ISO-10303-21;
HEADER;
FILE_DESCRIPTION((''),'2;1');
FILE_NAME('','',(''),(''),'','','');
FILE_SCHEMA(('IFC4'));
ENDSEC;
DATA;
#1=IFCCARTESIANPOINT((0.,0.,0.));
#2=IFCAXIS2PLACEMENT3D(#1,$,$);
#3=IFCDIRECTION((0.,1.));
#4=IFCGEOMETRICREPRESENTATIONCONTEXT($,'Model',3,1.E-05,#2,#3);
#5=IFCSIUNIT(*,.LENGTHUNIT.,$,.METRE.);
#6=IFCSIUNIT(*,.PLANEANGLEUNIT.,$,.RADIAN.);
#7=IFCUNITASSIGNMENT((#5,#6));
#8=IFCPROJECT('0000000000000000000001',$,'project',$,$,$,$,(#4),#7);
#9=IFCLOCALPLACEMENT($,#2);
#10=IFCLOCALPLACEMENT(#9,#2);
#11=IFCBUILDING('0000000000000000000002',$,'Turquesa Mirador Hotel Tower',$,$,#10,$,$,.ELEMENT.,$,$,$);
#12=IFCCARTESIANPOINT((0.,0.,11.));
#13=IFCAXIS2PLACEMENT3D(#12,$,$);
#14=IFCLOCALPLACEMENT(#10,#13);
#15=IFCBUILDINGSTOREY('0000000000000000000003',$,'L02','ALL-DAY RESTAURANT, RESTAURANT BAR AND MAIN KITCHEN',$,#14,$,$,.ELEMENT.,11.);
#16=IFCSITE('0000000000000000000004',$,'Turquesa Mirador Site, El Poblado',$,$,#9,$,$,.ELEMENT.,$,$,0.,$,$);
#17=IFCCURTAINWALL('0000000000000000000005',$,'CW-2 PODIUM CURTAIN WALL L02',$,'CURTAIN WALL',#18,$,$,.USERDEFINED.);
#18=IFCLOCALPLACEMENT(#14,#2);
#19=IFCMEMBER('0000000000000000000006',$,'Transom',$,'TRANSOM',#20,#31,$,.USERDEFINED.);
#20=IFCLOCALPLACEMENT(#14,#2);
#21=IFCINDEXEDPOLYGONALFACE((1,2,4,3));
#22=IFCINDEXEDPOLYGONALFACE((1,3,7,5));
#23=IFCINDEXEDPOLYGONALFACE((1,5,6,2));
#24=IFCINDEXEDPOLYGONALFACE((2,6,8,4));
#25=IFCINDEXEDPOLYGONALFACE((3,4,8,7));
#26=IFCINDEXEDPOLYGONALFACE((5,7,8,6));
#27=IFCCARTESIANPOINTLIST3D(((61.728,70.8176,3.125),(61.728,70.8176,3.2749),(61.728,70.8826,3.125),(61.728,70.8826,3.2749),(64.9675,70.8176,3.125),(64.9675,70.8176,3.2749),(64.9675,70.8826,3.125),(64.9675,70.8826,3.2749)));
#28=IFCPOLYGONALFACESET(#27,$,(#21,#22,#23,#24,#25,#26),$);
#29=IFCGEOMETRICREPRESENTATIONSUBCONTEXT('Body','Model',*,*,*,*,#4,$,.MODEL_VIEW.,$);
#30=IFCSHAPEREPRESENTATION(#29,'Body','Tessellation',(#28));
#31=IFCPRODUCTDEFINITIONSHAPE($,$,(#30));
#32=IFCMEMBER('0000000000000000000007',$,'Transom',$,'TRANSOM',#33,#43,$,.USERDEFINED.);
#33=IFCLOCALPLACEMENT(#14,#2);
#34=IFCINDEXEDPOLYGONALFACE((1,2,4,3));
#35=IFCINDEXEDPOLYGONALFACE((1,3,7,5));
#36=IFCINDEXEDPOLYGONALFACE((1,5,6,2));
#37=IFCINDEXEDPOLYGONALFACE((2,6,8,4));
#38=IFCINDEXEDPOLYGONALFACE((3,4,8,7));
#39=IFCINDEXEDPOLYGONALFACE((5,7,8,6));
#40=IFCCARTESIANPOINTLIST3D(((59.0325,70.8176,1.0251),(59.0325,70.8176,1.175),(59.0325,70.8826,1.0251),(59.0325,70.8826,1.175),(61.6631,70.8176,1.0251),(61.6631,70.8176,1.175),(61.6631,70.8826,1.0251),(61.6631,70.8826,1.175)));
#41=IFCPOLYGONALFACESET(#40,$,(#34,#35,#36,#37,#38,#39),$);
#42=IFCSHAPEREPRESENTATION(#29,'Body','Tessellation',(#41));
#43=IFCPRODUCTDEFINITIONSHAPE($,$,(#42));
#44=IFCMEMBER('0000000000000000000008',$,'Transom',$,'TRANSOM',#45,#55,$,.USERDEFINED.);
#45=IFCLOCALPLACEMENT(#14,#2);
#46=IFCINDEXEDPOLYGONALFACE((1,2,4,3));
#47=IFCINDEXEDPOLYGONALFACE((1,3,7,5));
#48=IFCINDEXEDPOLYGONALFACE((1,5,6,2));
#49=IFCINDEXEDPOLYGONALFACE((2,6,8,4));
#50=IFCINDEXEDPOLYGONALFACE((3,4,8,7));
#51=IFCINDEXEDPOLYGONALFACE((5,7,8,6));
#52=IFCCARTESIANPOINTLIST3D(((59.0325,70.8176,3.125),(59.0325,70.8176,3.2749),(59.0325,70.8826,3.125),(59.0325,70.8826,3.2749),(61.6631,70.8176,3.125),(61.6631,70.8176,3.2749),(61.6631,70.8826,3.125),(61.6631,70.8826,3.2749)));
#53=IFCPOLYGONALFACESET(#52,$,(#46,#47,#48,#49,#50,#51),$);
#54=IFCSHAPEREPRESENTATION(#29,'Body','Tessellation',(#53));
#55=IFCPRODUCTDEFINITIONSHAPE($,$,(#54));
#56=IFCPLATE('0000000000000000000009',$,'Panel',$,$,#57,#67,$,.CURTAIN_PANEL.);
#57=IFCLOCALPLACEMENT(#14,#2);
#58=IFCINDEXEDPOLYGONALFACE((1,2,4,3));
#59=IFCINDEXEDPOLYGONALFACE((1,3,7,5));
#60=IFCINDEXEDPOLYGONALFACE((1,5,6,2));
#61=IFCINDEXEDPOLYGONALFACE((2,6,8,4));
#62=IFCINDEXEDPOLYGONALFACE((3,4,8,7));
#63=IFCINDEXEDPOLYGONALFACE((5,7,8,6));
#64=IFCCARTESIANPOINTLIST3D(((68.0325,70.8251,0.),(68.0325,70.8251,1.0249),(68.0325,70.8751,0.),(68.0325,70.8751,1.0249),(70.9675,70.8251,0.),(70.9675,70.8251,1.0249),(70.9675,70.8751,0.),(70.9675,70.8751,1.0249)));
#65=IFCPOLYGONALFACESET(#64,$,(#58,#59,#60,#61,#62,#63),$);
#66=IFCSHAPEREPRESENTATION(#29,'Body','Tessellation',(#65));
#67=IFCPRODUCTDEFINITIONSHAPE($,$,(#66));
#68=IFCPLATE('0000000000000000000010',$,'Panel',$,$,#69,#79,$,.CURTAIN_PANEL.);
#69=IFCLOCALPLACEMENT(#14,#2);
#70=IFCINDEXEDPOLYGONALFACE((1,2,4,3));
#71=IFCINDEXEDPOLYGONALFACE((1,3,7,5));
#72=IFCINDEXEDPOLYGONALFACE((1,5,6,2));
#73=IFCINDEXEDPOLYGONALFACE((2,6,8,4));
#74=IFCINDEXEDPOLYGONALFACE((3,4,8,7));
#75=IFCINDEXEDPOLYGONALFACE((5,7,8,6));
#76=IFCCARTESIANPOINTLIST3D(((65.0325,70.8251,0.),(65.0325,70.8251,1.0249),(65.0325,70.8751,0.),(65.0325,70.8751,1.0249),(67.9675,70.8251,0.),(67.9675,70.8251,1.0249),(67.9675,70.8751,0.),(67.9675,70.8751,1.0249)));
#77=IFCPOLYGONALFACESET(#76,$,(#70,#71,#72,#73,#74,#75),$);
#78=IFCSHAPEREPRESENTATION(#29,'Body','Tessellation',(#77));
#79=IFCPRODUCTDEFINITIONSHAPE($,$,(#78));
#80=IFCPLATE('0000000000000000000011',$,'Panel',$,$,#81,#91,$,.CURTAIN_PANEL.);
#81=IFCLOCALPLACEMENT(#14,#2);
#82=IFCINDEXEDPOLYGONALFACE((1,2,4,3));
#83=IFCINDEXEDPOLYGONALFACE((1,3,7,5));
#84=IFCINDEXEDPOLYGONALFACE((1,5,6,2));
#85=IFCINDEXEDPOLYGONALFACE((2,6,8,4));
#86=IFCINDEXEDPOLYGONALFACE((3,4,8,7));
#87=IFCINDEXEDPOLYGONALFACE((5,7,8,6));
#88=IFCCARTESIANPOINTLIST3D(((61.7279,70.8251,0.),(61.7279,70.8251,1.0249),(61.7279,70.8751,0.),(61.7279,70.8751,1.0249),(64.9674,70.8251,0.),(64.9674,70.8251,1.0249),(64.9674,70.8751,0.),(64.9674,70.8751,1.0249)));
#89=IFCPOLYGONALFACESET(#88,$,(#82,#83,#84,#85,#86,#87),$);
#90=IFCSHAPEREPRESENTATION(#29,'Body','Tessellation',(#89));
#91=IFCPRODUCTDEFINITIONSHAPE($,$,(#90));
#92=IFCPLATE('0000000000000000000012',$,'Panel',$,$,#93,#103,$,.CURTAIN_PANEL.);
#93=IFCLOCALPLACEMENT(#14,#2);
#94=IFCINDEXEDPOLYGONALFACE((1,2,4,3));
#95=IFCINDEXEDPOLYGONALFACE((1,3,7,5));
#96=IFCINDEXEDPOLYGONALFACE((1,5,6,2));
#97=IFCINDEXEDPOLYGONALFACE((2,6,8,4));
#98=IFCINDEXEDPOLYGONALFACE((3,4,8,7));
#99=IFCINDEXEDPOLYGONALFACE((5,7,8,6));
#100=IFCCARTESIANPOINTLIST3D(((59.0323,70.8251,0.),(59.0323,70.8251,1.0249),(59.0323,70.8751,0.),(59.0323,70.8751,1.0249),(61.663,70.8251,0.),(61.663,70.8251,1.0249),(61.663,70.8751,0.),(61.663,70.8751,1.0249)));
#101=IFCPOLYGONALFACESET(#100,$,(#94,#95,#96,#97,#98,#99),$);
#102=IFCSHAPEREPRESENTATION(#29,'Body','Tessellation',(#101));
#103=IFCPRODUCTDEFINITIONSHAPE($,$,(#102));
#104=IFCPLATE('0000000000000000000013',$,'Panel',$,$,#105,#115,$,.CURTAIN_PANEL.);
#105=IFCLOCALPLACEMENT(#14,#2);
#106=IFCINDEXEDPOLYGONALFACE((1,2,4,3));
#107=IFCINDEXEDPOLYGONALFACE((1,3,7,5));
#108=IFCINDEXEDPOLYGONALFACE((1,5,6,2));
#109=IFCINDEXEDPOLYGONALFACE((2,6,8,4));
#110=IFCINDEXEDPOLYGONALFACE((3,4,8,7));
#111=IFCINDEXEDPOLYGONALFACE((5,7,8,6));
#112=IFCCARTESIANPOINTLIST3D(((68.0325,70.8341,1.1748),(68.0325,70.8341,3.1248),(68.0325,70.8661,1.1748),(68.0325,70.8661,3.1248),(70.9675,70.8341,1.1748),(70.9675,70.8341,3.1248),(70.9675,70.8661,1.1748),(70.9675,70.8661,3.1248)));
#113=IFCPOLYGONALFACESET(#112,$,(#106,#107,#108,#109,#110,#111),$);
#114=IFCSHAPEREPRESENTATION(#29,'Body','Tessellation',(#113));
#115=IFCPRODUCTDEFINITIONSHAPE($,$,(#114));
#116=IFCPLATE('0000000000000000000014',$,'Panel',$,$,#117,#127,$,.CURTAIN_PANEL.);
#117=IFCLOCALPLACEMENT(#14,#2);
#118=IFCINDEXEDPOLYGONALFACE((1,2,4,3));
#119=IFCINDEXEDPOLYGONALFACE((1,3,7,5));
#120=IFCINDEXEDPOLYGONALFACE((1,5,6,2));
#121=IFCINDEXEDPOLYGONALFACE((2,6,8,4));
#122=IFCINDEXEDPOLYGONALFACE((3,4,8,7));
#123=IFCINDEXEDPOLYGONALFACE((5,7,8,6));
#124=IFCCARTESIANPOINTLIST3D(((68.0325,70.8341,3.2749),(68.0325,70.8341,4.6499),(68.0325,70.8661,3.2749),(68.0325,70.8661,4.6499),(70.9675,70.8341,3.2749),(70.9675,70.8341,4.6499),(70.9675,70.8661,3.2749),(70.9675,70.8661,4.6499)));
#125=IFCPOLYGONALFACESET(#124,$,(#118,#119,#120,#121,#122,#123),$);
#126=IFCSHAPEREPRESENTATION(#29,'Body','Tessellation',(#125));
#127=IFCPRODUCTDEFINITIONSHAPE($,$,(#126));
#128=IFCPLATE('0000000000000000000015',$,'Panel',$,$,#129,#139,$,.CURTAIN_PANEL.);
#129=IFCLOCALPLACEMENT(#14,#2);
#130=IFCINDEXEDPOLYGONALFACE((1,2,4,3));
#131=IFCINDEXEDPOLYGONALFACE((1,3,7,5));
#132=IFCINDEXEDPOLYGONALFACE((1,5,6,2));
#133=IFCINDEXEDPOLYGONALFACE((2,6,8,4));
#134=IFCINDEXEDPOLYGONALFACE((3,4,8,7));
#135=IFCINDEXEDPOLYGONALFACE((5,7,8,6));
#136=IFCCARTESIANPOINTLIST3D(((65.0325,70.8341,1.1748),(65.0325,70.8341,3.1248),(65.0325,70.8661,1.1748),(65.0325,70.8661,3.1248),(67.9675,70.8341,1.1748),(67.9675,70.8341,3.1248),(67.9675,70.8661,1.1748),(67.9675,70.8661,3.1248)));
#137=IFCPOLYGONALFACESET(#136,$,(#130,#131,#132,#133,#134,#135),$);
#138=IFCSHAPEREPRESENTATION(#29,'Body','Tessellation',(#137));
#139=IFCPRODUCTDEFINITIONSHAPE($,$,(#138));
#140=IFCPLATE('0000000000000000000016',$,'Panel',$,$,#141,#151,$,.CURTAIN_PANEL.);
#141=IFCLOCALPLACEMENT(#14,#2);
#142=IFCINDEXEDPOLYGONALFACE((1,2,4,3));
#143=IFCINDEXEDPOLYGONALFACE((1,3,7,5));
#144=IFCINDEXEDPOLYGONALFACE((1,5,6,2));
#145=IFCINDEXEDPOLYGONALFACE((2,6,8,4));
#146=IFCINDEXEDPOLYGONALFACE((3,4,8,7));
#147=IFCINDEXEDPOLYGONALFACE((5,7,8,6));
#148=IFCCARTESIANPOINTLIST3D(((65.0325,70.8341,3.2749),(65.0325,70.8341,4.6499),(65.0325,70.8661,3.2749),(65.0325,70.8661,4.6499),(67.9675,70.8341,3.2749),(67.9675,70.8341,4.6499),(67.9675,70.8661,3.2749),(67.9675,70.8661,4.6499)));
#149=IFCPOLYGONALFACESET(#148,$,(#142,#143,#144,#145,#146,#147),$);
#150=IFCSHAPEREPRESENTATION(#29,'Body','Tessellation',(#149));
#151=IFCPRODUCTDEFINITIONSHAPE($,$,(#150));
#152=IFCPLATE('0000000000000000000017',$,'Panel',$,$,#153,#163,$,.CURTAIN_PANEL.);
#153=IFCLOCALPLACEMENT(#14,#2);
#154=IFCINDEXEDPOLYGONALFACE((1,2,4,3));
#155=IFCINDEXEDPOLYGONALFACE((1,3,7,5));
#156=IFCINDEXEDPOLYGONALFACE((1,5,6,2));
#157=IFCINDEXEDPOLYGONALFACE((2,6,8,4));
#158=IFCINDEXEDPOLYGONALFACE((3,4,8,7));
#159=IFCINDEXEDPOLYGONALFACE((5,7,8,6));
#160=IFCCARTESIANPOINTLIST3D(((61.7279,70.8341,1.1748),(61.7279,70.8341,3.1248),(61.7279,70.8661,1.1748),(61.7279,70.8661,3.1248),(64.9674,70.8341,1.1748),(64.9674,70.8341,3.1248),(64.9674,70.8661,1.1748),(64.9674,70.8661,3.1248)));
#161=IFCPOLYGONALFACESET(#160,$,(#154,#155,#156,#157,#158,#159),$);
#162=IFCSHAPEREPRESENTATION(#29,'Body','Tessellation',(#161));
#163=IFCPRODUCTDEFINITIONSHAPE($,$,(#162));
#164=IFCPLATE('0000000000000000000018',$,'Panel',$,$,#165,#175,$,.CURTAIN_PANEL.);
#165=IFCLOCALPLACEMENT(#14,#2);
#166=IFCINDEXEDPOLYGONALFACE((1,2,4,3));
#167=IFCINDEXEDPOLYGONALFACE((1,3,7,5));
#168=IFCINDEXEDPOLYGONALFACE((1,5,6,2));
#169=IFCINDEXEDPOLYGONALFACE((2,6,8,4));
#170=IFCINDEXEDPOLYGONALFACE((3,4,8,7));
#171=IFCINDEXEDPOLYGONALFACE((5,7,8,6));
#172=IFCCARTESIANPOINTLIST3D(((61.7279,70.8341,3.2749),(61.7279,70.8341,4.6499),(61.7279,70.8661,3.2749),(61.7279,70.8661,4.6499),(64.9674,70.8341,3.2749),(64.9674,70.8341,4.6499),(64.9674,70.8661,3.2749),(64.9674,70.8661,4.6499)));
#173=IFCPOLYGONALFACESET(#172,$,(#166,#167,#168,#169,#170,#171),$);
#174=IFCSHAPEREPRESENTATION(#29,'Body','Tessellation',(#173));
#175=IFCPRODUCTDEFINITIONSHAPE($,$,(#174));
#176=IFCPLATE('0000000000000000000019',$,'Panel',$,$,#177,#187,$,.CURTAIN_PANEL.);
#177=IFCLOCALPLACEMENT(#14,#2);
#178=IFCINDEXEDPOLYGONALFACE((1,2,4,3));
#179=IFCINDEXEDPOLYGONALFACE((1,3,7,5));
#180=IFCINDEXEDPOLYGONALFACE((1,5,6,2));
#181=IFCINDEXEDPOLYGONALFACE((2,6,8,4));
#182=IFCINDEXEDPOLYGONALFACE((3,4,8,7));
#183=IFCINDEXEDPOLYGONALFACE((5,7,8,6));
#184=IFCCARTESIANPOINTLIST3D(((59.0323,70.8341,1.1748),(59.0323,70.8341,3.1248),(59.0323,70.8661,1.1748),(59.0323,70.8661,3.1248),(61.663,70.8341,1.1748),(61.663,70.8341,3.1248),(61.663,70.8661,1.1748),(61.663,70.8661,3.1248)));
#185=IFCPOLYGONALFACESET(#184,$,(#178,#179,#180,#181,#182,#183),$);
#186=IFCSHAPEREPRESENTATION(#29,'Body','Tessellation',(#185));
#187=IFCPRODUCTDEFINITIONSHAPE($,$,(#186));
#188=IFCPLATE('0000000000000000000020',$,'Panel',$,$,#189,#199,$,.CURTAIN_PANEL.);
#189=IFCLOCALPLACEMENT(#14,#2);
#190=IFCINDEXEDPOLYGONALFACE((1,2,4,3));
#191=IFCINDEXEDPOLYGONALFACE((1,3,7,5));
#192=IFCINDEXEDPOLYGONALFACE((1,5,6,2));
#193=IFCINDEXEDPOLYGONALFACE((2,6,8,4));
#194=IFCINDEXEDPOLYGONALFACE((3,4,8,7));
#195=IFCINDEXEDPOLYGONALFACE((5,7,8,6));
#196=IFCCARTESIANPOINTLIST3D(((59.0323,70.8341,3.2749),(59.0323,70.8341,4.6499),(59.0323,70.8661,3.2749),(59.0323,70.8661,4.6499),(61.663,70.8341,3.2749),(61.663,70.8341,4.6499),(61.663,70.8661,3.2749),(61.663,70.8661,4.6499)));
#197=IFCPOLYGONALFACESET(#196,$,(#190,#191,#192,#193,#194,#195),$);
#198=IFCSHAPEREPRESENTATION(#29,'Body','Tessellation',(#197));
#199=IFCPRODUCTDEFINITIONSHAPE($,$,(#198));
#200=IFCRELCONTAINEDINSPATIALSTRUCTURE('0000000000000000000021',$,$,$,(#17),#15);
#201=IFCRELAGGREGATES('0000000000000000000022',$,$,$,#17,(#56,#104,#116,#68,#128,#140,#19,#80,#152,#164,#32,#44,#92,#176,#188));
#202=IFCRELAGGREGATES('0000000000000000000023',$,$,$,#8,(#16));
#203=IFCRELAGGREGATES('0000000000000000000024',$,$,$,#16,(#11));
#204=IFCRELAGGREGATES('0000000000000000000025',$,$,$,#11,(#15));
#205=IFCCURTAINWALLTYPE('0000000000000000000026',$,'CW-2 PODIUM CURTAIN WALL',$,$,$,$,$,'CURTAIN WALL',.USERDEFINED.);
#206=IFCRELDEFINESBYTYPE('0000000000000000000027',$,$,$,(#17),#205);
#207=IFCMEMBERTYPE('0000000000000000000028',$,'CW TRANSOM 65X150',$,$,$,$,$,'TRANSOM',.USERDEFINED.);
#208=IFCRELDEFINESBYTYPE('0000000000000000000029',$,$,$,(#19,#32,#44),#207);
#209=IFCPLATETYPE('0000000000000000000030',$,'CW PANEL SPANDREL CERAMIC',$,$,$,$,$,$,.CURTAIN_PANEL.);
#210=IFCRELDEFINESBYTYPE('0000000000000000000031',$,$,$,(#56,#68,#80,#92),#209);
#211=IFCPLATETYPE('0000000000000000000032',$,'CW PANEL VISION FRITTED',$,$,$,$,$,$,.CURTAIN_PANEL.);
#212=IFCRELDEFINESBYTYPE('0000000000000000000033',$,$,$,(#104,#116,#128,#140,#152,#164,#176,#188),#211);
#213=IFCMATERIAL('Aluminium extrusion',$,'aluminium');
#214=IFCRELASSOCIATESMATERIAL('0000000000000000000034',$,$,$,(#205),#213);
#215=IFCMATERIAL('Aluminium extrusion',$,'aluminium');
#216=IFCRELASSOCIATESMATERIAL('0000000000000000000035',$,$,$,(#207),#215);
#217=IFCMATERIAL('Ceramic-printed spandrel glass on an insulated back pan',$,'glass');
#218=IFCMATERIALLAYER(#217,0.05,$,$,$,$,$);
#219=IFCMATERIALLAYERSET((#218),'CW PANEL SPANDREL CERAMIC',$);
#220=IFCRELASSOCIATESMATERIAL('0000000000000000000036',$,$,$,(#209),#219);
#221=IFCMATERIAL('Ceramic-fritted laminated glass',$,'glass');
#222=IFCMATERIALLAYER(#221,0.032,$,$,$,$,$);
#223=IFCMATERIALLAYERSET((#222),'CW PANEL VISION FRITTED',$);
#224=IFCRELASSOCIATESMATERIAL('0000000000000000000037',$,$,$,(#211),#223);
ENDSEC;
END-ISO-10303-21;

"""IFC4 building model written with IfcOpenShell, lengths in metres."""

from ifc_helpers import new_model, si_unit, direction, frame, origin, origin_2d, place, context, subcontext, project, spatial, rectangle, extrude, material, layer, layer_set, material_profile, profile_set, type_object, element, aggregate, save


model = new_model("IFC4")

# Units and contexts
model_context = context("Model", 3, precision=1e-05, world=origin(), true_north=direction((0.0, 1.0)))
body_context = subcontext(model_context, "Body", "Model", "MODEL_VIEW")
ifc_project = project(units=[si_unit("LENGTHUNIT", "METRE"), si_unit("PLANEANGLEUNIT", "RADIAN")], contexts=[model_context])

# Site, building, storey
site_placement = place(None, origin())
site = spatial("IfcSite", under=ifc_project, at=site_placement, Name="Turquesa Mirador Site, El Poblado", CompositionType="ELEMENT", RefElevation=0.0)
building_placement = place(site_placement, origin())
building = spatial("IfcBuilding", under=site, at=building_placement, Name="Turquesa Mirador Hotel Tower", CompositionType="ELEMENT")
storey_placement = place(building_placement, frame((0.0, 0.0, 11.0)))
storey = spatial("IfcBuildingStorey", under=building, at=storey_placement, Name="L02", Description="ALL-DAY RESTAURANT, RESTAURANT BAR AND MAIN KITCHEN", CompositionType="ELEMENT", Elevation=11.0)

# Curtain wall, members, plates
ifc_material_1 = material(Name="Aluminium extrusion", Category="aluminium")
curtain_wall_type = type_object("IfcCurtainWallType", Name="CW-2 PODIUM CURTAIN WALL", ElementType="CURTAIN WALL", PredefinedType="USERDEFINED", material=ifc_material_1)
curtain_wall_placement = place(storey_placement, origin())
curtain_wall = element("IfcCurtainWall", 1, at=curtain_wall_placement, inside=storey, type_object=curtain_wall_type, Name="CW-2 PODIUM CURTAIN WALL L02", ObjectType="CURTAIN WALL", PredefinedType="USERDEFINED")
ifc_material_2 = material(Name="Aluminium extrusion", Category="aluminium")
ifc_material_profile_1 = material_profile(ifc_material_2, rectangle(XDim=0.0649, YDim=0.1499, at=origin_2d()), Name="TRANSOM 65X150")
ifc_profile_set_1 = profile_set([ifc_material_profile_1], Name="Aluminium extrusion")
member_type_1 = type_object("IfcMemberType", Name="CW TRANSOM 65X150", ElementType="TRANSOM", PredefinedType="USERDEFINED", material=ifc_profile_set_1)
member_1_placement = place(storey_placement, frame((64.9675, 70.8501, 3.2), z_axis=(-1.0, 0.0, 0.0), x_axis=(0.0, -1.0, 0.0)))
member_1 = element("IfcMember", 2, at=member_1_placement, type_object=member_type_1, Name="Transom", ObjectType="TRANSOM", PredefinedType="USERDEFINED", context=body_context, shape_type="SweptSolid", body=[
    extrude(rectangle(XDim=0.0649, YDim=0.1499, at=origin_2d()), origin(), (0.0, 0.0, 1.0), 3.2395),
])
member_2_placement = place(storey_placement, frame((61.6631, 70.8501, 1.1001), z_axis=(-1.0, 0.0, 0.0), x_axis=(0.0, -1.0, 0.0)))
member_2 = element("IfcMember", 3, at=member_2_placement, type_object=member_type_1, Name="Transom", ObjectType="TRANSOM", PredefinedType="USERDEFINED", context=body_context, shape_type="SweptSolid", body=[
    extrude(rectangle(XDim=0.0649, YDim=0.1499, at=origin_2d()), origin(), (0.0, 0.0, 1.0), 2.6306),
])
member_3_placement = place(storey_placement, frame((61.6631, 70.8501, 3.2), z_axis=(-1.0, 0.0, 0.0), x_axis=(0.0, -1.0, 0.0)))
member_3 = element("IfcMember", 4, at=member_3_placement, type_object=member_type_1, Name="Transom", ObjectType="TRANSOM", PredefinedType="USERDEFINED", context=body_context, shape_type="SweptSolid", body=[
    extrude(rectangle(XDim=0.0649, YDim=0.1499, at=origin_2d()), origin(), (0.0, 0.0, 1.0), 2.6306),
])
ifc_material_3 = material(Name="Ceramic-printed spandrel glass on an insulated back pan", Category="glass")
ifc_layer_1 = layer(ifc_material_3, 0.05)
ifc_layer_set_1 = layer_set([ifc_layer_1], Name="CW PANEL SPANDREL CERAMIC")
plate_type_1 = type_object("IfcPlateType", Name="CW PANEL SPANDREL CERAMIC", PredefinedType="CURTAIN_PANEL", material=ifc_layer_set_1)
plate_1_placement = place(storey_placement, frame((69.5, 70.8501, 0.0), z_axis=(0.0, 0.0, 1.0), x_axis=(-1.0, 0.0, 0.0)))
plate_1 = element("IfcPlate", 5, at=plate_1_placement, type_object=plate_type_1, Name="Panel", PredefinedType="CURTAIN_PANEL", context=body_context, shape_type="SweptSolid", body=[
    extrude(rectangle(XDim=2.9351, YDim=0.05, at=origin_2d()), origin(), (0.0, 0.0, 1.0), 1.0249),
])
plate_2_placement = place(storey_placement, frame((66.5, 70.8501, 0.0), z_axis=(0.0, 0.0, 1.0), x_axis=(-1.0, 0.0, 0.0)))
plate_2 = element("IfcPlate", 6, at=plate_2_placement, type_object=plate_type_1, Name="Panel", PredefinedType="CURTAIN_PANEL", context=body_context, shape_type="SweptSolid", body=[
    extrude(rectangle(XDim=2.9351, YDim=0.05, at=origin_2d()), origin(), (0.0, 0.0, 1.0), 1.0249),
])
plate_3_placement = place(storey_placement, frame((63.3477, 70.8501, 0.0), z_axis=(0.0, 0.0, 1.0), x_axis=(-1.0, 0.0, 0.0)))
plate_3 = element("IfcPlate", 7, at=plate_3_placement, type_object=plate_type_1, Name="Panel", PredefinedType="CURTAIN_PANEL", context=body_context, shape_type="SweptSolid", body=[
    extrude(rectangle(XDim=3.2395, YDim=0.05, at=origin_2d()), origin(), (0.0, 0.0, 1.0), 1.0249),
])
plate_4_placement = place(storey_placement, frame((60.3477, 70.8501, 0.0), z_axis=(0.0, 0.0, 1.0), x_axis=(-1.0, 0.0, 0.0)))
plate_4 = element("IfcPlate", 8, at=plate_4_placement, type_object=plate_type_1, Name="Panel", PredefinedType="CURTAIN_PANEL", context=body_context, shape_type="SweptSolid", body=[
    extrude(rectangle(XDim=2.6306, YDim=0.05, at=origin_2d()), origin(), (0.0, 0.0, 1.0), 1.0249),
])
ifc_material_4 = material(Name="Ceramic-fritted laminated glass", Category="glass")
ifc_layer_2 = layer(ifc_material_4, 0.032)
ifc_layer_set_2 = layer_set([ifc_layer_2], Name="CW PANEL VISION FRITTED")
plate_type_2 = type_object("IfcPlateType", Name="CW PANEL VISION FRITTED", PredefinedType="CURTAIN_PANEL", material=ifc_layer_set_2)
plate_5_placement = place(storey_placement, frame((69.5, 70.8501, 1.1748), z_axis=(0.0, 0.0, 1.0), x_axis=(-1.0, 0.0, 0.0)))
plate_5 = element("IfcPlate", 9, at=plate_5_placement, type_object=plate_type_2, Name="Panel", PredefinedType="CURTAIN_PANEL", context=body_context, shape_type="SweptSolid", body=[
    extrude(rectangle(XDim=2.9351, YDim=0.032, at=origin_2d()), origin(), (0.0, 0.0, 1.0), 1.95),
])
plate_6_placement = place(storey_placement, frame((69.5, 70.8501, 3.2749), z_axis=(0.0, 0.0, 1.0), x_axis=(-1.0, 0.0, 0.0)))
plate_6 = element("IfcPlate", 10, at=plate_6_placement, type_object=plate_type_2, Name="Panel", PredefinedType="CURTAIN_PANEL", context=body_context, shape_type="SweptSolid", body=[
    extrude(rectangle(XDim=2.9351, YDim=0.032, at=origin_2d()), origin(), (0.0, 0.0, 1.0), 1.375),
])
plate_7_placement = place(storey_placement, frame((66.5, 70.8501, 1.1748), z_axis=(0.0, 0.0, 1.0), x_axis=(-1.0, 0.0, 0.0)))
plate_7 = element("IfcPlate", 11, at=plate_7_placement, type_object=plate_type_2, Name="Panel", PredefinedType="CURTAIN_PANEL", context=body_context, shape_type="SweptSolid", body=[
    extrude(rectangle(XDim=2.9351, YDim=0.032, at=origin_2d()), origin(), (0.0, 0.0, 1.0), 1.95),
])
plate_8_placement = place(storey_placement, frame((66.5, 70.8501, 3.2749), z_axis=(0.0, 0.0, 1.0), x_axis=(-1.0, 0.0, 0.0)))
plate_8 = element("IfcPlate", 12, at=plate_8_placement, type_object=plate_type_2, Name="Panel", PredefinedType="CURTAIN_PANEL", context=body_context, shape_type="SweptSolid", body=[
    extrude(rectangle(XDim=2.9351, YDim=0.032, at=origin_2d()), origin(), (0.0, 0.0, 1.0), 1.375),
])
plate_9_placement = place(storey_placement, frame((63.3477, 70.8501, 1.1748), z_axis=(0.0, 0.0, 1.0), x_axis=(-1.0, 0.0, 0.0)))
plate_9 = element("IfcPlate", 13, at=plate_9_placement, type_object=plate_type_2, Name="Panel", PredefinedType="CURTAIN_PANEL", context=body_context, shape_type="SweptSolid", body=[
    extrude(rectangle(XDim=3.2395, YDim=0.032, at=origin_2d()), origin(), (0.0, 0.0, 1.0), 1.95),
])
plate_10_placement = place(storey_placement, frame((63.3477, 70.8501, 3.2749), z_axis=(0.0, 0.0, 1.0), x_axis=(-1.0, 0.0, 0.0)))
plate_10 = element("IfcPlate", 14, at=plate_10_placement, type_object=plate_type_2, Name="Panel", PredefinedType="CURTAIN_PANEL", context=body_context, shape_type="SweptSolid", body=[
    extrude(rectangle(XDim=3.2395, YDim=0.032, at=origin_2d()), origin(), (0.0, 0.0, 1.0), 1.375),
])
plate_11_placement = place(storey_placement, frame((60.3477, 70.8501, 1.1748), z_axis=(0.0, 0.0, 1.0), x_axis=(-1.0, 0.0, 0.0)))
plate_11 = element("IfcPlate", 15, at=plate_11_placement, type_object=plate_type_2, Name="Panel", PredefinedType="CURTAIN_PANEL", context=body_context, shape_type="SweptSolid", body=[
    extrude(rectangle(XDim=2.6306, YDim=0.032, at=origin_2d()), origin(), (0.0, 0.0, 1.0), 1.95),
])
plate_12_placement = place(storey_placement, frame((60.3477, 70.8501, 3.2749), z_axis=(0.0, 0.0, 1.0), x_axis=(-1.0, 0.0, 0.0)))
plate_12 = element("IfcPlate", 16, at=plate_12_placement, type_object=plate_type_2, Name="Panel", PredefinedType="CURTAIN_PANEL", context=body_context, shape_type="SweptSolid", body=[
    extrude(rectangle(XDim=2.6306, YDim=0.032, at=origin_2d()), origin(), (0.0, 0.0, 1.0), 1.375),
])
aggregate(curtain_wall, [plate_1, plate_5, plate_6, plate_2, plate_7, plate_8, member_1, plate_3, plate_9, plate_10, member_2, member_3, plate_4, plate_11, plate_12])

save(model, "model.ifc")
